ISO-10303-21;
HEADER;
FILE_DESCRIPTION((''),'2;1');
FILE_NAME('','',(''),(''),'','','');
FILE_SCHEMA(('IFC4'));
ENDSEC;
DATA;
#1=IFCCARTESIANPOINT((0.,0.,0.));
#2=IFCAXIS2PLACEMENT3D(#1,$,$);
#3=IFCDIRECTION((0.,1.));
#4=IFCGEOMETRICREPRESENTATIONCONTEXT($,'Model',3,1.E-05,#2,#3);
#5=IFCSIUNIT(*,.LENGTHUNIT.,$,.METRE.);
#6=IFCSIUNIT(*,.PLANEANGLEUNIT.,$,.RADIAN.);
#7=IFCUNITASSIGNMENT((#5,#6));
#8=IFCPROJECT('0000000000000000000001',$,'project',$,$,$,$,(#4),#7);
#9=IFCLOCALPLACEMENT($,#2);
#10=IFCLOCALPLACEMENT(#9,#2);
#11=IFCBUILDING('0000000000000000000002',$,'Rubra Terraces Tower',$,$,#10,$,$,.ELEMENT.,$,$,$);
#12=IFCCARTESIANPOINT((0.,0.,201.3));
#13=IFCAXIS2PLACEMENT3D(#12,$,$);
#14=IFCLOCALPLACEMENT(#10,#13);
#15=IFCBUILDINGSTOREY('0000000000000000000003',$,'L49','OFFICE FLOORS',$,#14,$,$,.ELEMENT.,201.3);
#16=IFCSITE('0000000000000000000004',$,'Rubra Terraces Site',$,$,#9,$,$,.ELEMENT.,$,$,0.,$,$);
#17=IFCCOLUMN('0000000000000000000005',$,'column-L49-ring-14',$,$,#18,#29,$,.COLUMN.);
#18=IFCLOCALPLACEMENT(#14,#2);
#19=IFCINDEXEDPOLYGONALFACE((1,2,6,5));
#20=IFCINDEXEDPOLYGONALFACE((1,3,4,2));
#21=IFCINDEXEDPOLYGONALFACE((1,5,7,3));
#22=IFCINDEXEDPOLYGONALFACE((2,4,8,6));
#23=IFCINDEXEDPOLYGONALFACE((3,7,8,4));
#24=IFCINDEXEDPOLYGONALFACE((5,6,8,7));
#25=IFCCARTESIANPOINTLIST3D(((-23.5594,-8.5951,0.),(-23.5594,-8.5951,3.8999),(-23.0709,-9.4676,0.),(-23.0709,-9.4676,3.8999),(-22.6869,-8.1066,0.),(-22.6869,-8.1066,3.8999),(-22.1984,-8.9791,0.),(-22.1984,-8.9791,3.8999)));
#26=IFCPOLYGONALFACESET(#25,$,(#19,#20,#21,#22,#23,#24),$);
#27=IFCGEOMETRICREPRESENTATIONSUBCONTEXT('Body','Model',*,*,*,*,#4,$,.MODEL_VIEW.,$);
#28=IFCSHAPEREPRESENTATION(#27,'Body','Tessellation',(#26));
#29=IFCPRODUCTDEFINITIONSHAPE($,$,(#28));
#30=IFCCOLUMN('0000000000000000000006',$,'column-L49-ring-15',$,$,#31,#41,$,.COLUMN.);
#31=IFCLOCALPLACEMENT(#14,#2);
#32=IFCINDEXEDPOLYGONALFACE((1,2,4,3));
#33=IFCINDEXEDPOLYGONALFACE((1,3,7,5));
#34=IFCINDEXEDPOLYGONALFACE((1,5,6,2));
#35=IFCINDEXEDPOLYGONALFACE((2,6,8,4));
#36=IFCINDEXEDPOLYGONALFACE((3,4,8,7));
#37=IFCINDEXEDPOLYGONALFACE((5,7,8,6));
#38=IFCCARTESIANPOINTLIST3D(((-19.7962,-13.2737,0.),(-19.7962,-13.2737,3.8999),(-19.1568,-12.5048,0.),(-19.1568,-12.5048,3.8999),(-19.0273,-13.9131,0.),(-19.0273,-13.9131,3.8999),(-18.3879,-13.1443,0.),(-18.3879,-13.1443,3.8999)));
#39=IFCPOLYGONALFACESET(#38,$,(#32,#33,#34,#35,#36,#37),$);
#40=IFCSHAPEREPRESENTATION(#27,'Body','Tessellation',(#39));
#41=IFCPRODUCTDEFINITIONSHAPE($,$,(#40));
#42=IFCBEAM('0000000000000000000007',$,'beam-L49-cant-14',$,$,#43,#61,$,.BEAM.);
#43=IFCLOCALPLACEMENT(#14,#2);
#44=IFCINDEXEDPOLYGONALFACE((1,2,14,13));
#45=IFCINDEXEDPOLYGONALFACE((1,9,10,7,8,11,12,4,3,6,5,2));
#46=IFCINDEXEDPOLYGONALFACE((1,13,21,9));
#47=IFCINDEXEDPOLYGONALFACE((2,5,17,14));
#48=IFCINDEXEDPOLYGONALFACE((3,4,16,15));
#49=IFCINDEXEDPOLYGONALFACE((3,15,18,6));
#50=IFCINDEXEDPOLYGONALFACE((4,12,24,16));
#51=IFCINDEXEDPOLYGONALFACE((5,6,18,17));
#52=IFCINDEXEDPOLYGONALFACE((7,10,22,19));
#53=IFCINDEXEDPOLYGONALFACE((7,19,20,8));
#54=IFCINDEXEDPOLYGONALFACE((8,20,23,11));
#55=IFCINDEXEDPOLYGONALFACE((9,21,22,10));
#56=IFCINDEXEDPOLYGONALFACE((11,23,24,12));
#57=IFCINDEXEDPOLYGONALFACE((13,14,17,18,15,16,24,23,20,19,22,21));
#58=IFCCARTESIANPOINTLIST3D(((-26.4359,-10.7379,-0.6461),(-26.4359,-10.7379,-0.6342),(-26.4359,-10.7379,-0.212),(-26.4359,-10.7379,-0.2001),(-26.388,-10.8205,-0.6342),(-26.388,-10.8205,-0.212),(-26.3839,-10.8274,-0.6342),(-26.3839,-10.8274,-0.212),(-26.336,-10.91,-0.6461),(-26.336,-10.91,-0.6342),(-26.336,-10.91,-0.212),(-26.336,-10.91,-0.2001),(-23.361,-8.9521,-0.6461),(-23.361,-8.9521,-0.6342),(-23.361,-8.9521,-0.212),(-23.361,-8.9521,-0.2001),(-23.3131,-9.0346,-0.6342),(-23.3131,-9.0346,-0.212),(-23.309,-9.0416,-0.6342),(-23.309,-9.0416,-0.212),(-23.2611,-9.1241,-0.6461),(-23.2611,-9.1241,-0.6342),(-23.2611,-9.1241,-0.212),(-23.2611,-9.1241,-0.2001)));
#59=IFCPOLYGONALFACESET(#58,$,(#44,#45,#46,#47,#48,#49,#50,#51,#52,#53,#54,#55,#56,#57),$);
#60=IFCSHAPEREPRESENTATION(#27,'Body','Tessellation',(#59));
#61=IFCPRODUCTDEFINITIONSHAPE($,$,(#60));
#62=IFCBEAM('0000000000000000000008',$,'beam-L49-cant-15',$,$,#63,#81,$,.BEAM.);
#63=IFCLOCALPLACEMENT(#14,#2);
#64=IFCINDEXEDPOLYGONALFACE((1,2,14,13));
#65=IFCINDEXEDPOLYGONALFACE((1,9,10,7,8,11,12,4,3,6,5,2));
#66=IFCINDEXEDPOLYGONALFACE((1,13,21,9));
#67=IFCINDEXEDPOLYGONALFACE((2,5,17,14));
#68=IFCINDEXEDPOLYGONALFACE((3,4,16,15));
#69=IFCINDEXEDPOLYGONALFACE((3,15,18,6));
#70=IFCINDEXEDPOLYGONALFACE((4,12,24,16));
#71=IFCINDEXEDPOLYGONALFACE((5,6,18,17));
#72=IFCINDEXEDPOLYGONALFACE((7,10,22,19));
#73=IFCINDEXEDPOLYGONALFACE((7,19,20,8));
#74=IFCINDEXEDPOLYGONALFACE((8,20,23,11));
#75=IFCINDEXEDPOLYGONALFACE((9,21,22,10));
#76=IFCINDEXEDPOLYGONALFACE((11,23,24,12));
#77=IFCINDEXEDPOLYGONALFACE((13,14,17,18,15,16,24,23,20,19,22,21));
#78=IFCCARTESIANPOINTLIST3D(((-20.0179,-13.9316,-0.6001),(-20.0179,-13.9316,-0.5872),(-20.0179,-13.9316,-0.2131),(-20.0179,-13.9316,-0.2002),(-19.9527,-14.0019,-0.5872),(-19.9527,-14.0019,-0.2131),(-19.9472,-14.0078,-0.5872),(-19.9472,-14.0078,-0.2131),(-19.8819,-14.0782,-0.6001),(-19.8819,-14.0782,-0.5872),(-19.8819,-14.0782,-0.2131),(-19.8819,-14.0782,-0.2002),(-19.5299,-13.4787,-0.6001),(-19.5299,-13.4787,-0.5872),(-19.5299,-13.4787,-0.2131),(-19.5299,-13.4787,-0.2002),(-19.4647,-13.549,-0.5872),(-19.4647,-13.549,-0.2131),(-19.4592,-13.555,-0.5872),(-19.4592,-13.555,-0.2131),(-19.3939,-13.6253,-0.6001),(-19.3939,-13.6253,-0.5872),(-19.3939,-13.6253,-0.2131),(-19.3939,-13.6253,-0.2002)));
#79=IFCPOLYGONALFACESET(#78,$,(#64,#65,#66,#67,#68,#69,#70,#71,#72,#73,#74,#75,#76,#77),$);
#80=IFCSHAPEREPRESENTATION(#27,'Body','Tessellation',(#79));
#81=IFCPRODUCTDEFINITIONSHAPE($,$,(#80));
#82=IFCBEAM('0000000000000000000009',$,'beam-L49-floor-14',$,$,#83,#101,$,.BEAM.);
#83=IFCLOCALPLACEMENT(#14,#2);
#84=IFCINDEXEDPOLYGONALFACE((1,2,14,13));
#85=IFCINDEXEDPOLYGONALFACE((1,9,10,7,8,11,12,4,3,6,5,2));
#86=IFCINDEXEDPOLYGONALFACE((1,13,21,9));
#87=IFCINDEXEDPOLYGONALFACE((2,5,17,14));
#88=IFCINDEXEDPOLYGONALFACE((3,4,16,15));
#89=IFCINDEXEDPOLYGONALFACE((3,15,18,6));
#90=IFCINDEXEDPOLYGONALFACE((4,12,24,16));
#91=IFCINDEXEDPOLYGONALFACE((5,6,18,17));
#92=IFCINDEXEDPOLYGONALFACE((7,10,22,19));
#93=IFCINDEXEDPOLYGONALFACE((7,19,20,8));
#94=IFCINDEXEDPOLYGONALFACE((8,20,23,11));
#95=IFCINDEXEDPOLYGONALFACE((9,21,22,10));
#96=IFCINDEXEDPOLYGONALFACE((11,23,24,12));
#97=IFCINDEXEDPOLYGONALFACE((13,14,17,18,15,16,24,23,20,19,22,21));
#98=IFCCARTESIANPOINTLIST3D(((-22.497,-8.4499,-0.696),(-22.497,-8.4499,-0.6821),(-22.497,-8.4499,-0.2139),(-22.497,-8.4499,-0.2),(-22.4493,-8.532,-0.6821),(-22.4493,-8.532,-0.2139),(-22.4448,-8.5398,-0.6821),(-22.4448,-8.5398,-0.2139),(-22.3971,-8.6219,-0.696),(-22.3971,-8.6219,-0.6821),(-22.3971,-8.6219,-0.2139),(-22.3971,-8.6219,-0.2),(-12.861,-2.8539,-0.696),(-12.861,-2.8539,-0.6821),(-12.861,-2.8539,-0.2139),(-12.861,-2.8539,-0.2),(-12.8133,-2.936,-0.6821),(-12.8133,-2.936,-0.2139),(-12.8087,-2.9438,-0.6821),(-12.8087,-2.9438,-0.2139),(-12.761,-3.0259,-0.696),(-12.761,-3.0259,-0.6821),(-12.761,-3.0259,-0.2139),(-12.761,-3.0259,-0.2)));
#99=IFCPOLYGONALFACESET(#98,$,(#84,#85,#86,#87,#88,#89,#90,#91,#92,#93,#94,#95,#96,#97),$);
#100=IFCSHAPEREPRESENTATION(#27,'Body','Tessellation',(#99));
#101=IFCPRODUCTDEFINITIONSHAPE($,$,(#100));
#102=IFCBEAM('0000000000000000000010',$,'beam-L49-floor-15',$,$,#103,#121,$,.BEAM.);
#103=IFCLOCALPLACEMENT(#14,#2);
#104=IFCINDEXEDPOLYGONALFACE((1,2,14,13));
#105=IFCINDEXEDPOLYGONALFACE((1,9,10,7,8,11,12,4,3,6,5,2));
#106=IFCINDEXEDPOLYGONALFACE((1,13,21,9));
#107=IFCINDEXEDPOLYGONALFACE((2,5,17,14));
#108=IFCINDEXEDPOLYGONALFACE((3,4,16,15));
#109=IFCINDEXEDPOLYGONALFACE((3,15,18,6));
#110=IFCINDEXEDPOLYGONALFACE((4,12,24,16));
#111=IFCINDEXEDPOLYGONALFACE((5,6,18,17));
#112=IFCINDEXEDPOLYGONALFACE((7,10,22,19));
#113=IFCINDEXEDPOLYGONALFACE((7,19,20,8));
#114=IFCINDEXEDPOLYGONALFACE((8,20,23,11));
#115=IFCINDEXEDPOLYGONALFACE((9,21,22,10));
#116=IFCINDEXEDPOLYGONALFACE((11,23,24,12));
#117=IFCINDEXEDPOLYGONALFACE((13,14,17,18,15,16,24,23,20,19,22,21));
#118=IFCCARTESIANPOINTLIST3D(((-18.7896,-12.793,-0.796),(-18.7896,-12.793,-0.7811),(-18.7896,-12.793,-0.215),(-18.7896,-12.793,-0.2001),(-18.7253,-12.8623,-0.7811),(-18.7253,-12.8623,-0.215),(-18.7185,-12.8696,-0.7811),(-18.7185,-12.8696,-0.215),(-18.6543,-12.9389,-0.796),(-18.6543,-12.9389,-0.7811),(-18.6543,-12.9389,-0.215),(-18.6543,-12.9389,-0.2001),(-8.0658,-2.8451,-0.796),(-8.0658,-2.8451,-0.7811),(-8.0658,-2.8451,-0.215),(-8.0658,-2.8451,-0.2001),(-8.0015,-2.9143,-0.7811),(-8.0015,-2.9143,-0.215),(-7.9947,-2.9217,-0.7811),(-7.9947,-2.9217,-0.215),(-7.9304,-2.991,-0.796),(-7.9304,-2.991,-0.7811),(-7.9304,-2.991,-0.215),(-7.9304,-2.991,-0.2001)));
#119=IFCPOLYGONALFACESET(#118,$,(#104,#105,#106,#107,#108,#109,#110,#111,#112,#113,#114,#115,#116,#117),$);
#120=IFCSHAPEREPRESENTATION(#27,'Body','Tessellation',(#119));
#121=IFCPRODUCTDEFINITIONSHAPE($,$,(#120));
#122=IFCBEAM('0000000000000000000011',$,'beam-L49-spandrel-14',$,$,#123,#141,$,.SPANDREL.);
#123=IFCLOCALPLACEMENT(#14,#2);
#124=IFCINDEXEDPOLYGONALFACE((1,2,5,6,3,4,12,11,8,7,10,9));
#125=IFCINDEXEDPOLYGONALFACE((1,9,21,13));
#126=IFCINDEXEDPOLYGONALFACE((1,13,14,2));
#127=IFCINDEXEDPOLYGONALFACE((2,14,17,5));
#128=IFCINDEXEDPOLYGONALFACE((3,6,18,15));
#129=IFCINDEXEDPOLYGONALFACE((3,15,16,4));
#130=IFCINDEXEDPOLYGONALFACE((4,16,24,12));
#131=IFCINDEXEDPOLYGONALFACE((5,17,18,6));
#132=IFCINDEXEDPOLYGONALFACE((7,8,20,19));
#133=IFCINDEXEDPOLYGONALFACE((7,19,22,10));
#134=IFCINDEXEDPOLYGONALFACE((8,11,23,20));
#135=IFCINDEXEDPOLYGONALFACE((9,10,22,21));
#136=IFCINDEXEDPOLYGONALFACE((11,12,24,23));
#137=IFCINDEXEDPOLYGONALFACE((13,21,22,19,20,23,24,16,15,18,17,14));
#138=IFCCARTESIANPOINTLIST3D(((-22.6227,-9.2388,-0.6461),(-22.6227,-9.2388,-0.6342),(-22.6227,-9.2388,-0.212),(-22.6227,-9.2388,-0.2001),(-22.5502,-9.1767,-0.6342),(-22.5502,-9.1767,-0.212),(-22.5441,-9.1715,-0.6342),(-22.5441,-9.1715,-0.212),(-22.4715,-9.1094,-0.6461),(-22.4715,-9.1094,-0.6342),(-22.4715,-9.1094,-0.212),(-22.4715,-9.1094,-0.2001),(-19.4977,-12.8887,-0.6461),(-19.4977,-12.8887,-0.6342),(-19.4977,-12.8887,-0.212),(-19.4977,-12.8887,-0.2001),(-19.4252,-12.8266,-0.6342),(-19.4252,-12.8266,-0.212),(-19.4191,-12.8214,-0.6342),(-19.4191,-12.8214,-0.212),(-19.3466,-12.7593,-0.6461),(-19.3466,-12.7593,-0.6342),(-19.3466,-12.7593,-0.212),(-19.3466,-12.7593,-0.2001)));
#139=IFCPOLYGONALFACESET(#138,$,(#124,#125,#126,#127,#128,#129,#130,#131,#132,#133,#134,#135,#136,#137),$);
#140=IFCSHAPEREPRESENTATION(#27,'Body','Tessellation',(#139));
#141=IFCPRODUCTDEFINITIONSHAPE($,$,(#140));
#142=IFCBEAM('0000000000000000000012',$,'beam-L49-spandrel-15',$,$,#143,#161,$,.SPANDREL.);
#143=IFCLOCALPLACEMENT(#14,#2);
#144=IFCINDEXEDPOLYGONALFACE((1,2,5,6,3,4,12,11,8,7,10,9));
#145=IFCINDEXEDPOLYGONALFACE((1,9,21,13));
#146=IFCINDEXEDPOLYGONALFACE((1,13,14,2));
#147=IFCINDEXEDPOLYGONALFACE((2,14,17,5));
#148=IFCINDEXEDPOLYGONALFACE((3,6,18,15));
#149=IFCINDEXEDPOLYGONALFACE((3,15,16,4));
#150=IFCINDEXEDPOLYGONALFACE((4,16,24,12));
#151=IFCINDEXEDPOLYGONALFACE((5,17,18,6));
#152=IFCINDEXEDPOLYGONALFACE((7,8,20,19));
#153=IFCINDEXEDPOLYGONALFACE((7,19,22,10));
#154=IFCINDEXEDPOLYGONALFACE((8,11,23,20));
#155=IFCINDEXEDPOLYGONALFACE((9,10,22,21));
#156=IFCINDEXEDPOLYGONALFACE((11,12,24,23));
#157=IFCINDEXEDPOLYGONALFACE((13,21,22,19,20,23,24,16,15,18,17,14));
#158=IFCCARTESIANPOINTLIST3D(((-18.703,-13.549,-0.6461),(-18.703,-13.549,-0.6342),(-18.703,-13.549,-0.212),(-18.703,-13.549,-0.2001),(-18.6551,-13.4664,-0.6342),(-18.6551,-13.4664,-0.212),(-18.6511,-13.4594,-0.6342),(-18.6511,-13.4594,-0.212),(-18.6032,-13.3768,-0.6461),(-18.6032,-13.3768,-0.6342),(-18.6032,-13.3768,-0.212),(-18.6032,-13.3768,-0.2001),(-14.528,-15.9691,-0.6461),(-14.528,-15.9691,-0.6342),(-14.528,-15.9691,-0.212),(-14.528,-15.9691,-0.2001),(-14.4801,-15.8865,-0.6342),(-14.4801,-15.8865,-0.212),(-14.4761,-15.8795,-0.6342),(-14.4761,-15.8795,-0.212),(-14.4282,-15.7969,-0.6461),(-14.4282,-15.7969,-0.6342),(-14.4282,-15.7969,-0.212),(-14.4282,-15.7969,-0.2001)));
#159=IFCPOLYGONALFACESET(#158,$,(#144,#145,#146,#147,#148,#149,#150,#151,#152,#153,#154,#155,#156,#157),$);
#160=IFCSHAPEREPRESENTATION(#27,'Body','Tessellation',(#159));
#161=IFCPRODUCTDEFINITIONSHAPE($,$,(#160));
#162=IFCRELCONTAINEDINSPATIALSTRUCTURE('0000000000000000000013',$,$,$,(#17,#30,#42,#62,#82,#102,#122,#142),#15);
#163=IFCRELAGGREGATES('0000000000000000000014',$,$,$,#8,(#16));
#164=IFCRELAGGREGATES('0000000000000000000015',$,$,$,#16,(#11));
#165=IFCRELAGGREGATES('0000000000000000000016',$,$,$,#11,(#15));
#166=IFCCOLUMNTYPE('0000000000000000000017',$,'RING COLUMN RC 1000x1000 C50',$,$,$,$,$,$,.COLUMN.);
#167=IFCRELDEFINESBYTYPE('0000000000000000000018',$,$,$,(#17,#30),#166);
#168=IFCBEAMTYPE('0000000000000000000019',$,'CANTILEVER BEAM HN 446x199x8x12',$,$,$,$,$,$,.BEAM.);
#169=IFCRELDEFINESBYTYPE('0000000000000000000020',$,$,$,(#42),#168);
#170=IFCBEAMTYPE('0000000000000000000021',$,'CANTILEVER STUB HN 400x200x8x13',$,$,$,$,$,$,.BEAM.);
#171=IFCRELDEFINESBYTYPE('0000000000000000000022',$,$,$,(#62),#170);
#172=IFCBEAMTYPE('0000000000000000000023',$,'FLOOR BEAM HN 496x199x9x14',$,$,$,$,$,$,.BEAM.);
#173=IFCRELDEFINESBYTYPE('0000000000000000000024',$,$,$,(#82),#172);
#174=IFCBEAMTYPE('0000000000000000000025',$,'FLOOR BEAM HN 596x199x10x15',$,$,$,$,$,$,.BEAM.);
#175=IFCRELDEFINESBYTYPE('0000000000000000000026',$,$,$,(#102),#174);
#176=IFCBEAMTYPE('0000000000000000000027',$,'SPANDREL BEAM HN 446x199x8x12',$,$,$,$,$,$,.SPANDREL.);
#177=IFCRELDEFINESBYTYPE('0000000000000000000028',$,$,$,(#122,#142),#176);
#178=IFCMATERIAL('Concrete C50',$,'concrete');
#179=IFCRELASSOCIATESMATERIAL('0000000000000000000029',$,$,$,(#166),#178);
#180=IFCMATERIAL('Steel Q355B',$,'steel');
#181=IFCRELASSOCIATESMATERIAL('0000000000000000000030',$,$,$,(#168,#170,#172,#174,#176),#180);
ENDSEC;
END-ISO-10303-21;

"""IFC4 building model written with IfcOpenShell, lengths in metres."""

from ifc_helpers import new_model, si_unit, direction, frame, origin, origin_2d, place, context, subcontext, project, spatial, rectangle, i_section, extrude, material, material_profile, profile_set, type_object, element, save


model = new_model("IFC4")

# Units and contexts
model_context = context("Model", 3, precision=1e-05, world=origin(), true_north=direction((0.0, 1.0)))
body_context = subcontext(model_context, "Body", "Model", "MODEL_VIEW")
ifc_project = project(units=[si_unit("LENGTHUNIT", "METRE"), si_unit("PLANEANGLEUNIT", "RADIAN")], contexts=[model_context])

# Site, building, storey
site_placement = place(None, origin())
site = spatial("IfcSite", under=ifc_project, at=site_placement, Name="Rubra Terraces Site", CompositionType="ELEMENT", RefElevation=0.0)
building_placement = place(site_placement, origin())
building = spatial("IfcBuilding", under=site, at=building_placement, Name="Rubra Terraces Tower", CompositionType="ELEMENT")
storey_placement = place(building_placement, frame((0.0, 0.0, 201.3)))
storey = spatial("IfcBuildingStorey", under=building, at=storey_placement, Name="L49", Description="OFFICE FLOORS", CompositionType="ELEMENT", Elevation=201.3)

# Columns
ifc_material_1 = material(Name="Concrete C50", Category="concrete")
ifc_material_profile_1 = material_profile(ifc_material_1, rectangle(XDim=1.0, YDim=1.0, at=origin_2d()), Name="RC 1000x1000")
ifc_profile_set_1 = profile_set([ifc_material_profile_1], Name="Concrete C50")
column_type = type_object("IfcColumnType", Name="RING COLUMN RC 1000x1000 C50", PredefinedType="COLUMN", material=ifc_profile_set_1)
for number, where, z_axis, x_axis, name in (
    (1, (-22.8789, -8.7871, 0.0), (0.0, 0.0, 1.0), (0.488526, -0.872549, 0.0), "column-L49-ring-14"),
    (2, (-19.092, -13.209, 0.0), (0.0, 0.0, 1.0), (0.76887, -0.639405, 0.0), "column-L49-ring-15"),
):
    element("IfcColumn", number, at=place(storey_placement, frame(where, z_axis=z_axis, x_axis=x_axis)), inside=storey, type_object=column_type, Name=name, PredefinedType="COLUMN", context=body_context, shape_type="SweptSolid", body=[
        extrude(rectangle(XDim=1.0, YDim=1.0, at=origin_2d()), origin(), (0.0, 0.0, 1.0), 3.8999),
    ])

# Beams
ifc_material_2 = material(Name="Steel Q355B", Category="steel")
ifc_material_profile_2 = material_profile(ifc_material_2, i_section(OverallWidth=0.199, OverallDepth=0.446, WebThickness=0.0081, FlangeThickness=0.012, at=origin_2d()), Name="HN 446x199x8x12")
ifc_profile_set_2 = profile_set([ifc_material_profile_2], Name="Steel Q355B")
beam_type_1 = type_object("IfcBeamType", Name="CANTILEVER BEAM HN 446x199x8x12", PredefinedType="BEAM", material=ifc_profile_set_2)
beam_1_placement = place(storey_placement, frame((-23.311, -9.0381, -0.4231), z_axis=(-0.864736, -0.502227, 0.0), x_axis=(0.502227, -0.864736, 0.0)))
element("IfcBeam", 3, at=beam_1_placement, inside=storey, type_object=beam_type_1, Name="beam-L49-cant-14", PredefinedType="BEAM", context=body_context, shape_type="SweptSolid", body=[
    extrude(i_section(OverallWidth=0.199, OverallDepth=0.446, WebThickness=0.0081, FlangeThickness=0.012, at=origin_2d()), origin(), (0.0, 0.0, 1.0), 3.5559),
])
ifc_material_profile_3 = material_profile(ifc_material_2, i_section(OverallWidth=0.2, OverallDepth=0.3999, WebThickness=0.0081, FlangeThickness=0.0129, at=origin_2d()), Name="HN 400x200x8x13")
ifc_profile_set_3 = profile_set([ifc_material_profile_3], Name="Steel Q355B")
beam_type_2 = type_object("IfcBeamType", Name="CANTILEVER STUB HN 400x200x8x13", PredefinedType="BEAM", material=ifc_profile_set_3)
beam_2_placement = place(storey_placement, frame((-19.4619, -13.552, -0.4001), z_axis=(-0.733015, -0.680212, 0.0), x_axis=(0.680212, -0.733015, 0.0)))
element("IfcBeam", 4, at=beam_2_placement, inside=storey, type_object=beam_type_2, Name="beam-L49-cant-15", PredefinedType="BEAM", context=body_context, shape_type="SweptSolid", body=[
    extrude(i_section(OverallWidth=0.2, OverallDepth=0.3999, WebThickness=0.0081, FlangeThickness=0.0129, at=origin_2d()), origin(), (0.0, 0.0, 1.0), 0.6658),
])
ifc_material_profile_4 = material_profile(ifc_material_2, i_section(OverallWidth=0.199, OverallDepth=0.4961, WebThickness=0.009, FlangeThickness=0.0139, at=origin_2d()), Name="HN 496x199x9x14")
ifc_profile_set_4 = profile_set([ifc_material_profile_4], Name="Steel Q355B")
beam_type_3 = type_object("IfcBeamType", Name="FLOOR BEAM HN 496x199x9x14", PredefinedType="BEAM", material=ifc_profile_set_4)
beam_3_placement = place(storey_placement, frame((-22.447, -8.5359, -0.448), z_axis=(0.864755, 0.502193, 0.0), x_axis=(-0.502193, 0.864755, 0.0)))
element("IfcBeam", 5, at=beam_3_placement, inside=storey, type_object=beam_type_3, Name="beam-L49-floor-14", PredefinedType="BEAM", context=body_context, shape_type="SweptSolid", body=[
    extrude(i_section(OverallWidth=0.199, OverallDepth=0.4961, WebThickness=0.009, FlangeThickness=0.0139, at=origin_2d()), origin(), (0.0, 0.0, 1.0), 11.1431),
])
ifc_material_profile_5 = material_profile(ifc_material_2, i_section(OverallWidth=0.199, OverallDepth=0.5959, WebThickness=0.01, FlangeThickness=0.0149, at=origin_2d()), Name="HN 596x199x10x15")
ifc_profile_set_5 = profile_set([ifc_material_profile_5], Name="Steel Q355B")
beam_type_4 = type_object("IfcBeamType", Name="FLOOR BEAM HN 596x199x10x15", PredefinedType="BEAM", material=ifc_profile_set_5)
beam_4_placement = place(storey_placement, frame((-18.7219, -12.866, -0.498), z_axis=(0.73313, 0.680088, 0.0), x_axis=(-0.680088, 0.73313, 0.0)))
element("IfcBeam", 6, at=beam_4_placement, inside=storey, type_object=beam_type_4, Name="beam-L49-floor-15", PredefinedType="BEAM", context=body_context, shape_type="SweptSolid", body=[
    extrude(i_section(OverallWidth=0.199, OverallDepth=0.5959, WebThickness=0.01, FlangeThickness=0.0149, at=origin_2d()), origin(), (0.0, 0.0, 1.0), 14.6274),
])
ifc_material_profile_6 = material_profile(ifc_material_2, i_section(OverallWidth=0.199, OverallDepth=0.446, WebThickness=0.0081, FlangeThickness=0.012, at=origin_2d()), Name="HN 446x199x8x12")
ifc_profile_set_6 = profile_set([ifc_material_profile_6], Name="Steel Q355B")
beam_type_5 = type_object("IfcBeamType", Name="SPANDREL BEAM HN 446x199x8x12", PredefinedType="SPANDREL", material=ifc_profile_set_6)
beam_5_placement = place(storey_placement, frame((-22.5471, -9.1741, -0.4231), z_axis=(0.650373, -0.759615, 0.0), x_axis=(0.759615, 0.650373, 0.0)))
element("IfcBeam", 7, at=beam_5_placement, inside=storey, type_object=beam_type_5, Name="beam-L49-spandrel-14", PredefinedType="SPANDREL", context=body_context, shape_type="SweptSolid", body=[
    extrude(i_section(OverallWidth=0.199, OverallDepth=0.446, WebThickness=0.0081, FlangeThickness=0.012, at=origin_2d()), origin(), (0.0, 0.0, 1.0), 4.8049),
])
beam_6_placement = place(storey_placement, frame((-18.6531, -13.4629, -0.4231), z_axis=(0.865154, -0.501507, 0.0), x_axis=(0.501507, 0.865154, 0.0)))
element("IfcBeam", 8, at=beam_6_placement, inside=storey, type_object=beam_type_5, Name="beam-L49-spandrel-15", PredefinedType="SPANDREL", context=body_context, shape_type="SweptSolid", body=[
    extrude(i_section(OverallWidth=0.199, OverallDepth=0.446, WebThickness=0.0081, FlangeThickness=0.012, at=origin_2d()), origin(), (0.0, 0.0, 1.0), 4.8257),
])

save(model, "model.ifc")
